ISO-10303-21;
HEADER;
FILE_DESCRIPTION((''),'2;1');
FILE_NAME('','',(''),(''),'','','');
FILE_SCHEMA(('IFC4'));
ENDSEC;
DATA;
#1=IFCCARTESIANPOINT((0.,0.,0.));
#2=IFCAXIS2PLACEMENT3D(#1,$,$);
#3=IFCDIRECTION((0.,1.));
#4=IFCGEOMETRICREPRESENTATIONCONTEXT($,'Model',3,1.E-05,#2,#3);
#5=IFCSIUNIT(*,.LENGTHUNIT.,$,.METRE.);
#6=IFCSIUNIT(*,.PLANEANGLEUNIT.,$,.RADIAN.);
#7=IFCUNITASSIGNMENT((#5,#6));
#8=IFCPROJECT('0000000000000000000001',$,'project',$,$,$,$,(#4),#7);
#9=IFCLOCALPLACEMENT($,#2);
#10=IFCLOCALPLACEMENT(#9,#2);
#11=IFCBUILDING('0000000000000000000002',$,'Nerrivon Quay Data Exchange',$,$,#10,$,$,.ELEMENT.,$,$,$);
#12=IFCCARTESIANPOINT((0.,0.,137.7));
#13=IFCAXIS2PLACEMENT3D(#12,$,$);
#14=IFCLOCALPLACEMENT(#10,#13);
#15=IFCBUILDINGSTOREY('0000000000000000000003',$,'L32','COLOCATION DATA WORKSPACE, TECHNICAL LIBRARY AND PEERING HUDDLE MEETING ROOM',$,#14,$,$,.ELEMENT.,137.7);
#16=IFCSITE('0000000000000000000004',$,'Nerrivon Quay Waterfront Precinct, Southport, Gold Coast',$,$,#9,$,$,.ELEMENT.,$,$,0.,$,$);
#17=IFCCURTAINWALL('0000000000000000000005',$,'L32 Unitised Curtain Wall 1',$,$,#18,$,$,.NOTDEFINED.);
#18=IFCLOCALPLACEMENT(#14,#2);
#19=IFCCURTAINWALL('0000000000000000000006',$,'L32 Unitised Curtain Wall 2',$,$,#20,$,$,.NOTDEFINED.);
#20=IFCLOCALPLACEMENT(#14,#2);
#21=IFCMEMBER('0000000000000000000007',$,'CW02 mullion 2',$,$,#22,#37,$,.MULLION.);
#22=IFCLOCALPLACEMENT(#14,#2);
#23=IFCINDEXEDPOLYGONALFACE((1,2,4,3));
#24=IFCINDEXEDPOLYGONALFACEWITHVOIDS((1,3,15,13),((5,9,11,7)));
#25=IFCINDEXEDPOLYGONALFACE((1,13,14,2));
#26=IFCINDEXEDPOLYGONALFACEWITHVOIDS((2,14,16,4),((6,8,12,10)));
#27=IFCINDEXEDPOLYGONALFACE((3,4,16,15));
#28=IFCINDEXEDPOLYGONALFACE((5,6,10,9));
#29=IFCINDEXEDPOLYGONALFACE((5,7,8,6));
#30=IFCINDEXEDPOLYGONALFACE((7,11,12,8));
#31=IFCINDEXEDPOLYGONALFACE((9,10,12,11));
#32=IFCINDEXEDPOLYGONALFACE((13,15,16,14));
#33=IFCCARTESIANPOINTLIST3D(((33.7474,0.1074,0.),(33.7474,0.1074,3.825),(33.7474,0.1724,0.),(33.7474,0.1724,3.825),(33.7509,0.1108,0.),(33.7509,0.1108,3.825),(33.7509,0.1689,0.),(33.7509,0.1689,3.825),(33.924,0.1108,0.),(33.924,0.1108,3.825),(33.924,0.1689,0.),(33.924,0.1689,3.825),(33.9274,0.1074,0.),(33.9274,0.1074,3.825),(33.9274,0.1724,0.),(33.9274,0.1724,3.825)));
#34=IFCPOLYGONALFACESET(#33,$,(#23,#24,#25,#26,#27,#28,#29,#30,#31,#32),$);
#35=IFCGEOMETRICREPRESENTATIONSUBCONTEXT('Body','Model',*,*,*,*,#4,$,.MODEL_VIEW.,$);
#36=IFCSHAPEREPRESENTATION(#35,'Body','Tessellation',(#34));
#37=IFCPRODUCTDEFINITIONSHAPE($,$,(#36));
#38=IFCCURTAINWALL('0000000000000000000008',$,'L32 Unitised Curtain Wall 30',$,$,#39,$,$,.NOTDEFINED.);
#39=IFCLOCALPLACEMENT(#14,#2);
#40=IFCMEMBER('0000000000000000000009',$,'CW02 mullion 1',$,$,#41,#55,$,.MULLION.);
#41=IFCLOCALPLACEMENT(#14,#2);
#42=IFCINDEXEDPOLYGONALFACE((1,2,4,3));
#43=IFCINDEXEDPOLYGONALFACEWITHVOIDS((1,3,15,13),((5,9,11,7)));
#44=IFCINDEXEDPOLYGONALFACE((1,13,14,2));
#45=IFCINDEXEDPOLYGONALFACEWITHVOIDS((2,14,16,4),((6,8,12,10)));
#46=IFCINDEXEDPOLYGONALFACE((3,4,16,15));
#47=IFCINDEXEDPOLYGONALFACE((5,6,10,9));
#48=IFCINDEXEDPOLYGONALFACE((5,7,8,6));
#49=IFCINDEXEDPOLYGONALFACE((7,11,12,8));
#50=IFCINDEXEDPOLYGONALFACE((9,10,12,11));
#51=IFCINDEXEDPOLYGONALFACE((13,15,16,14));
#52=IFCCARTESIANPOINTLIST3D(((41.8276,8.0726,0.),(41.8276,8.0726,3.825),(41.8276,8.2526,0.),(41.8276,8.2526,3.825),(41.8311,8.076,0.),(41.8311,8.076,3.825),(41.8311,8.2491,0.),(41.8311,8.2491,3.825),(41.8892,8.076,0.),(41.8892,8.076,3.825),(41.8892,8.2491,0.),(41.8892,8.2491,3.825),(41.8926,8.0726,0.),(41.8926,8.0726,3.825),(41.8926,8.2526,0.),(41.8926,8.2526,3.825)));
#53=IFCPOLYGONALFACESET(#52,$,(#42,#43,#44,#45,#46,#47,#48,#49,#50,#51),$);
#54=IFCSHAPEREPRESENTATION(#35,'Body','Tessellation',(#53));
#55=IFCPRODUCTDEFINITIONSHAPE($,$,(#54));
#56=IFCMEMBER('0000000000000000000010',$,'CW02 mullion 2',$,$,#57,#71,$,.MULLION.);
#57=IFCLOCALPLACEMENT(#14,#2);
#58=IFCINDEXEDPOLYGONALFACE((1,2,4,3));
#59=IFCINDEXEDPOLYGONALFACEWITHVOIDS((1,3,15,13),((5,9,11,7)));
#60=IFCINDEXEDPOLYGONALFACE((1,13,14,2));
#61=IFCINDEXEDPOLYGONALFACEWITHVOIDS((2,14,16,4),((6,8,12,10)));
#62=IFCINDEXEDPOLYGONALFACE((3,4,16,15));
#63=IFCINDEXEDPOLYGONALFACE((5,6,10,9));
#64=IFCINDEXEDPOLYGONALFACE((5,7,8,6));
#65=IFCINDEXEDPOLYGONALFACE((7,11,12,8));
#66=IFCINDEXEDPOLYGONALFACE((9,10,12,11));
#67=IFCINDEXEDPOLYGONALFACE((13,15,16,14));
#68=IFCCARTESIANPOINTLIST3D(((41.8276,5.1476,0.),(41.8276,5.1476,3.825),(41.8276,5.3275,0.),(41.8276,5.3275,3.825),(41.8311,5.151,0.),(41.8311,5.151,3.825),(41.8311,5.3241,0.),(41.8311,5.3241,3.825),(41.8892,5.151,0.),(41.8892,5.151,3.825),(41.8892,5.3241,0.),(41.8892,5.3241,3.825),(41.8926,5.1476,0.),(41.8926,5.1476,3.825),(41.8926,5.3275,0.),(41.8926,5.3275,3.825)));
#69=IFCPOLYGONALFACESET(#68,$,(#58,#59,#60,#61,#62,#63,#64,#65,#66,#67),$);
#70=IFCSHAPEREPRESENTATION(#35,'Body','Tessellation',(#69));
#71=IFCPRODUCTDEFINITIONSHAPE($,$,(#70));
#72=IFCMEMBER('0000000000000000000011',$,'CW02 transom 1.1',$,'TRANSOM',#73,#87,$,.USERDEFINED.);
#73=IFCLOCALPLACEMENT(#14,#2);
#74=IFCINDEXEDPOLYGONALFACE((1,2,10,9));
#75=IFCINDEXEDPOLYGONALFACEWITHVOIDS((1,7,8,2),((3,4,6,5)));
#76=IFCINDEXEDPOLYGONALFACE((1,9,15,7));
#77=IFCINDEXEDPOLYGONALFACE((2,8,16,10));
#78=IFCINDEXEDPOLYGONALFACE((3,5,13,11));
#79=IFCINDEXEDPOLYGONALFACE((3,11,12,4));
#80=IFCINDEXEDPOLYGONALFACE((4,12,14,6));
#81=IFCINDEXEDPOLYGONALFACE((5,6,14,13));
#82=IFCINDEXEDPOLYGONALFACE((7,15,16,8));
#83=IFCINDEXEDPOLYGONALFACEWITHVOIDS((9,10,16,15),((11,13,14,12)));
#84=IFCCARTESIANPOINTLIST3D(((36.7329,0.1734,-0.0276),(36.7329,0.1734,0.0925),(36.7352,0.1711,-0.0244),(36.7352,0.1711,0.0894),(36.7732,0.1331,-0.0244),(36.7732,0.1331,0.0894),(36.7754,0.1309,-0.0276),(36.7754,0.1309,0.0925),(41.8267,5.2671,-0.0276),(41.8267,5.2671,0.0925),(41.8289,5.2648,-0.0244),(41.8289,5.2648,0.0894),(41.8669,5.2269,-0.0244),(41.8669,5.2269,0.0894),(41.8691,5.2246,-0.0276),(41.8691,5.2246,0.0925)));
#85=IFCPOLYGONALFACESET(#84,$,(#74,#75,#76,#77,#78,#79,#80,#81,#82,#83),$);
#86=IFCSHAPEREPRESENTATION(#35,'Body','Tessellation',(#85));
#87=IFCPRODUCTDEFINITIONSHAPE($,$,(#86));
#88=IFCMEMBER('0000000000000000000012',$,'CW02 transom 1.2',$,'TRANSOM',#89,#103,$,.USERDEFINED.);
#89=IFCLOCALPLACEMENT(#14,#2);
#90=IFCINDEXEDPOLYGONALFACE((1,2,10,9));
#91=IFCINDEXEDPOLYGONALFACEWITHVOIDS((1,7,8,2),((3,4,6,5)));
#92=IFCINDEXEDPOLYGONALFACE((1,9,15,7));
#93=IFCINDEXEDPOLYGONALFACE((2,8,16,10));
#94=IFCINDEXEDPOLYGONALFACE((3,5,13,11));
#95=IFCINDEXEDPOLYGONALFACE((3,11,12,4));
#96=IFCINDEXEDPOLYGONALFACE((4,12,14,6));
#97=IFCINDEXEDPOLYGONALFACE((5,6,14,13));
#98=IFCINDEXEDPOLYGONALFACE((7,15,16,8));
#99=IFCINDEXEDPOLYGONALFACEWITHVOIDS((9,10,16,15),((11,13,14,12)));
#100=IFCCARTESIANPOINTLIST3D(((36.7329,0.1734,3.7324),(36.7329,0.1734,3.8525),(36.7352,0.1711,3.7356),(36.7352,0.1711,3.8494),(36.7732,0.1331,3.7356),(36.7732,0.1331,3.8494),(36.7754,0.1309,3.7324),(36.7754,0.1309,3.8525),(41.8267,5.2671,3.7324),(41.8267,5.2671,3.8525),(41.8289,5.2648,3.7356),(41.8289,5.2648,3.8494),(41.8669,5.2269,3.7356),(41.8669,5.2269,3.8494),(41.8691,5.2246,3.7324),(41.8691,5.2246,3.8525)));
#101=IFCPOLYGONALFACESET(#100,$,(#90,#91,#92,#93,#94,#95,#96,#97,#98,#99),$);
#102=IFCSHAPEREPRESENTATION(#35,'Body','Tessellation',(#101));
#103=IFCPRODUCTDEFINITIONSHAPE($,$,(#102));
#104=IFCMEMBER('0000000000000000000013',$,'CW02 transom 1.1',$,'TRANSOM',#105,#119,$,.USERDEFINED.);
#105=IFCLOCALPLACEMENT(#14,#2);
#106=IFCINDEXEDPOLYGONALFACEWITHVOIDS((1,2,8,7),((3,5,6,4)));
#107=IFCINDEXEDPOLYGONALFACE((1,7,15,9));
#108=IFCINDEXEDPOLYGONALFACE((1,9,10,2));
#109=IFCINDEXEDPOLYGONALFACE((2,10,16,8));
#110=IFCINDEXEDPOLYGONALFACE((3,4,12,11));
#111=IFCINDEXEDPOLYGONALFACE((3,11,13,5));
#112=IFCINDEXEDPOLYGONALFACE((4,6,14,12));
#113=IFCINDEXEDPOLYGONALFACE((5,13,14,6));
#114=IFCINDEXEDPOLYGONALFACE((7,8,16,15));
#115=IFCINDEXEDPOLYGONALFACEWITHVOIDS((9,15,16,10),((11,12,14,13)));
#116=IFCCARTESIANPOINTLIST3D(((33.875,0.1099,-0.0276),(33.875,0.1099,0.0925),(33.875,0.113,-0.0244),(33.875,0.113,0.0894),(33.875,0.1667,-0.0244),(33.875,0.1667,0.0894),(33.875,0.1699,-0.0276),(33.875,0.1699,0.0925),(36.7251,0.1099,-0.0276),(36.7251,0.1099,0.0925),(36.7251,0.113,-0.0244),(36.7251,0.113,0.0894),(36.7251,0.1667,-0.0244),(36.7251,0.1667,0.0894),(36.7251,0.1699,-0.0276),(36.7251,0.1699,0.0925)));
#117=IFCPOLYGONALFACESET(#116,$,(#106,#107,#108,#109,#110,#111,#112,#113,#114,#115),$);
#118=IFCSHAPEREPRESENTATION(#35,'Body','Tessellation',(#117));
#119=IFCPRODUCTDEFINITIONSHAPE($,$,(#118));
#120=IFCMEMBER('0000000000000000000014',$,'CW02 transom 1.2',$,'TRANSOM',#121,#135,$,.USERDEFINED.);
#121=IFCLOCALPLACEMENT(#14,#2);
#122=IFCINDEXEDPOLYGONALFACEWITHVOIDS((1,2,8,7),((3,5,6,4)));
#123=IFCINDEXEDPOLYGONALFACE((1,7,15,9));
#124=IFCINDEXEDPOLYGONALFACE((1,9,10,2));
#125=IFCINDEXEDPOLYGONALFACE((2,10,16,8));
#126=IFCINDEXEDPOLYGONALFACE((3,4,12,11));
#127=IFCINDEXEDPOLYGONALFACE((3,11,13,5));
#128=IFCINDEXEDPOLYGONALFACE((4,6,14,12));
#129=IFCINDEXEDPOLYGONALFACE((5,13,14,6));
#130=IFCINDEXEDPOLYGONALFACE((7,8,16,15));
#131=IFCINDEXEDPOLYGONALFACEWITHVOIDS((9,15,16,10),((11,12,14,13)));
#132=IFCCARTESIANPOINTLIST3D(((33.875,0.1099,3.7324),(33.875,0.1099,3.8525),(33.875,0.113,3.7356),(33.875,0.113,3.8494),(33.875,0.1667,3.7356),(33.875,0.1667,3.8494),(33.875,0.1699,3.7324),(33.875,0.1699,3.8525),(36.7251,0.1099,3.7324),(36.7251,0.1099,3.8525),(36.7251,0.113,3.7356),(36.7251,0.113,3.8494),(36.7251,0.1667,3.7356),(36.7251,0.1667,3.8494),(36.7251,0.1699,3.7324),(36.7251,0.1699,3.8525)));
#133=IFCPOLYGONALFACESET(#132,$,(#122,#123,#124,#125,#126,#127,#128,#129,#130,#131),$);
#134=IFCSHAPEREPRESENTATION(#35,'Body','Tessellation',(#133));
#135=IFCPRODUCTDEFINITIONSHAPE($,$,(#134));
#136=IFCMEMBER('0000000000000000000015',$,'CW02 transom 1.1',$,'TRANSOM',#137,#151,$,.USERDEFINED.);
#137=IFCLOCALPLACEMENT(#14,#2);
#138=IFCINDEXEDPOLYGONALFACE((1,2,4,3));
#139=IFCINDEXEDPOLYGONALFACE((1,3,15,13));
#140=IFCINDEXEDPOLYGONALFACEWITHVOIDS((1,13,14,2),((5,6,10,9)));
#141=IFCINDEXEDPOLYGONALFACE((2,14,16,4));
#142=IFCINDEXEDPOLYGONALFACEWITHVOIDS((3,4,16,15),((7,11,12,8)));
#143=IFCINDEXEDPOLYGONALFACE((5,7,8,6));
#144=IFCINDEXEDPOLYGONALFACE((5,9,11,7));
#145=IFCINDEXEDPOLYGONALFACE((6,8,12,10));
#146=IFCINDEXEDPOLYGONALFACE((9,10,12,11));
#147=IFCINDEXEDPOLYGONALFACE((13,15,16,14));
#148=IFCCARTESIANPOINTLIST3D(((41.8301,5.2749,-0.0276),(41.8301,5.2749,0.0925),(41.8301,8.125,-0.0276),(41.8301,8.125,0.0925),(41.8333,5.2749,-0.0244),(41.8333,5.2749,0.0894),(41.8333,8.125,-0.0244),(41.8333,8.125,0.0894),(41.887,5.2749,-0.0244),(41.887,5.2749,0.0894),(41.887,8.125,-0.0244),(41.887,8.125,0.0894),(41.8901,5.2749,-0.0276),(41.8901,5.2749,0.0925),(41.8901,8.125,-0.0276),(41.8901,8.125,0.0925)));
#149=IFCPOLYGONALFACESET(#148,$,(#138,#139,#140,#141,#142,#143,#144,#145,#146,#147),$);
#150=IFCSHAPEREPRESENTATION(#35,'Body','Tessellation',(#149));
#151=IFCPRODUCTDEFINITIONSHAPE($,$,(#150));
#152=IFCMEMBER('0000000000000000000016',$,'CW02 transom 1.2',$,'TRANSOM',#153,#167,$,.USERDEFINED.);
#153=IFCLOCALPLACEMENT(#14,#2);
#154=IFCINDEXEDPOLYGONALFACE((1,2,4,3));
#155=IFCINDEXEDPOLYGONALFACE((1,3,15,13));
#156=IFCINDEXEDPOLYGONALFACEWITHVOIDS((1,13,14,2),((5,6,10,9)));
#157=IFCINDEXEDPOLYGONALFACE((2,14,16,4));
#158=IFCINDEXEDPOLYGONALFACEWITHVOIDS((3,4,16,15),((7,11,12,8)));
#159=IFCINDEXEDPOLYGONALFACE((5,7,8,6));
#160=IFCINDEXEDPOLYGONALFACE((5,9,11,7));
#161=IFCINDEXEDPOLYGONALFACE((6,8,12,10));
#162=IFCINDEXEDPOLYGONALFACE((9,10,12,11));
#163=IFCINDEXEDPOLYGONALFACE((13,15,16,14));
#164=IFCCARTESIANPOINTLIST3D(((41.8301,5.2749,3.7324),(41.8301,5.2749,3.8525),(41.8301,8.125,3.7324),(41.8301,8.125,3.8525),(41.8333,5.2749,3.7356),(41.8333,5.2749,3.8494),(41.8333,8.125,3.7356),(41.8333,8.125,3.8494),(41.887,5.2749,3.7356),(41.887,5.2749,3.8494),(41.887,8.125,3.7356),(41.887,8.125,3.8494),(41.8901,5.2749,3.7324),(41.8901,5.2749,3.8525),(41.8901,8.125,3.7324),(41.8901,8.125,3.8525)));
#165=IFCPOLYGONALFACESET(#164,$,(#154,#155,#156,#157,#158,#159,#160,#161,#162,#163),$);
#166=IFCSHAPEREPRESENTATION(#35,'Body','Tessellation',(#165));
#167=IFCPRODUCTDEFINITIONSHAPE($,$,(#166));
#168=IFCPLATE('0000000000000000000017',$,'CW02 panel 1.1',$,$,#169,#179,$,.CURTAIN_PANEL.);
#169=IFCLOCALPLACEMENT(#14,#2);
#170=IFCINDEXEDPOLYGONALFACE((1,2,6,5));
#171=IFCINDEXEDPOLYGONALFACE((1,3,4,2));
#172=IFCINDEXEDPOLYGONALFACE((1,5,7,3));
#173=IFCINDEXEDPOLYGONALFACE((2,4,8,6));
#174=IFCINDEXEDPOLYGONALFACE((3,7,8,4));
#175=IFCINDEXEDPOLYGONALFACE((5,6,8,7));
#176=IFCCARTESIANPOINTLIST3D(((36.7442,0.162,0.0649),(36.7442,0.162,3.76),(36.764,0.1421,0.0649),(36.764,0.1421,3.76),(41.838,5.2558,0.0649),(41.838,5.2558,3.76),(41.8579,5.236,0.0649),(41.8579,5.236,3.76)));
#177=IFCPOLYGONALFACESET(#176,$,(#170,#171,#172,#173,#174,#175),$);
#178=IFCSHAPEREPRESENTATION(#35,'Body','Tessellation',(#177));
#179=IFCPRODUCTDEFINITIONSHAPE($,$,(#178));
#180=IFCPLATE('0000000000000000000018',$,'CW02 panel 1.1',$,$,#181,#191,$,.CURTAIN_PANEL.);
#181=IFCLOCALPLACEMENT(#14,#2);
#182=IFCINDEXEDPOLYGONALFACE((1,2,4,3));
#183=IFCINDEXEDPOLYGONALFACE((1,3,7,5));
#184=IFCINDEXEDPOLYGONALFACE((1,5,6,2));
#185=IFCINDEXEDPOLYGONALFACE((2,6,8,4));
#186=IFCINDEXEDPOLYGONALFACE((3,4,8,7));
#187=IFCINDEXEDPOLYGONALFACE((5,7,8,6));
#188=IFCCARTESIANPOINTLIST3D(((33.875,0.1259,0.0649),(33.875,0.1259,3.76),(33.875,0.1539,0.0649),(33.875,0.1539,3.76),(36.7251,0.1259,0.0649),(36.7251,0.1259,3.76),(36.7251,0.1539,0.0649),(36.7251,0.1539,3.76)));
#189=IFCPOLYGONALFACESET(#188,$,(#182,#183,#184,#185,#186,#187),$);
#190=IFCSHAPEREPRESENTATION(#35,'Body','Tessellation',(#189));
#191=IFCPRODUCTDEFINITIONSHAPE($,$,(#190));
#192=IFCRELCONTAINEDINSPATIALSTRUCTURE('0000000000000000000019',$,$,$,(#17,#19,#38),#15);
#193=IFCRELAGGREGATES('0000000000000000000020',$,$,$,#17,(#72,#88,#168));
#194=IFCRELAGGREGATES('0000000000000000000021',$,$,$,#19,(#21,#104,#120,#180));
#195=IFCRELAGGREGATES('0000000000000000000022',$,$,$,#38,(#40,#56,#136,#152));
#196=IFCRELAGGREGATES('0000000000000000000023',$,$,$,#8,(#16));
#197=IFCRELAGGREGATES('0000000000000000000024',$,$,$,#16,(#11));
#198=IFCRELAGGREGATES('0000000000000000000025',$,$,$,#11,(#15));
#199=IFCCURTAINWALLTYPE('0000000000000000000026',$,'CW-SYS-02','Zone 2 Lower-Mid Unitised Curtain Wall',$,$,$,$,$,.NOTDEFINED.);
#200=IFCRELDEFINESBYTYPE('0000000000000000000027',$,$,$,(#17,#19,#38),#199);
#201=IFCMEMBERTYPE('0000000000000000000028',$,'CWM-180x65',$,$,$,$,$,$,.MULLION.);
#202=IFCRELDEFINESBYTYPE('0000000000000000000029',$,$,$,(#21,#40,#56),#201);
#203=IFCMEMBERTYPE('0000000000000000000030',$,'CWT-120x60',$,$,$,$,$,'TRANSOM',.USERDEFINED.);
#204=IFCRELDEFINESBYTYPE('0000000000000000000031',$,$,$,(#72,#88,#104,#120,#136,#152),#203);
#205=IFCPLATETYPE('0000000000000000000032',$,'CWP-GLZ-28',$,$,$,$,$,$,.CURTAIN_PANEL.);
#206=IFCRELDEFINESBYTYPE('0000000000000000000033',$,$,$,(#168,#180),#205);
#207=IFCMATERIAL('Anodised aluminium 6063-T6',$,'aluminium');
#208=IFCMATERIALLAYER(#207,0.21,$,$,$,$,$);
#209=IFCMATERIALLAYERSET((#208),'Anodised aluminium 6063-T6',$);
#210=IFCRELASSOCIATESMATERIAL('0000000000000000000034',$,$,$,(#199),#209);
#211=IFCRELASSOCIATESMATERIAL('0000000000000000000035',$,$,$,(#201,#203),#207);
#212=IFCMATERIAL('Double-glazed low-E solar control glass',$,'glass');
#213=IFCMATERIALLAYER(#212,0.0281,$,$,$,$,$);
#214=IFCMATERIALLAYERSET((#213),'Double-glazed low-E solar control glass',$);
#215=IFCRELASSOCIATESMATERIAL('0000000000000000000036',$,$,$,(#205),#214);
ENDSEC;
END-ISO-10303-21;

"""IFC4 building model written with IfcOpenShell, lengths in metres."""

from ifc_helpers import new_model, si_unit, direction, frame, origin, origin_2d, place, context, subcontext, project, spatial, rectangle, hollow_rectangle, extrude, material, layer, layer_set, material_profile, profile_set, type_object, element, aggregate, save


model = new_model("IFC4")

# Units and contexts
model_context = context("Model", 3, precision=1e-05, world=origin(), true_north=direction((0.0, 1.0)))
body_context = subcontext(model_context, "Body", "Model", "MODEL_VIEW")
ifc_project = project(units=[si_unit("LENGTHUNIT", "METRE"), si_unit("PLANEANGLEUNIT", "RADIAN")], contexts=[model_context])

# Site, building, storey
site_placement = place(None, origin())
site = spatial("IfcSite", under=ifc_project, at=site_placement, Name="Nerrivon Quay Waterfront Precinct, Southport, Gold Coast", CompositionType="ELEMENT", RefElevation=0.0)
building_placement = place(site_placement, origin())
building = spatial("IfcBuilding", under=site, at=building_placement, Name="Nerrivon Quay Data Exchange", CompositionType="ELEMENT")
storey_placement = place(building_placement, frame((0.0, 0.0, 137.7)))
storey = spatial("IfcBuildingStorey", under=building, at=storey_placement, Name="L32", Description="COLOCATION DATA WORKSPACE, TECHNICAL LIBRARY AND PEERING HUDDLE MEETING ROOM", CompositionType="ELEMENT", Elevation=137.7)

# Curtain walls, members
ifc_material_1 = material(Name="Anodised aluminium 6063-T6", Category="aluminium")
ifc_layer_1 = layer(ifc_material_1, 0.21)
ifc_layer_set_1 = layer_set([ifc_layer_1], Name="Anodised aluminium 6063-T6")
curtain_wall_type = type_object("IfcCurtainWallType", Name="CW-SYS-02", Description="Zone 2 Lower-Mid Unitised Curtain Wall", PredefinedType="NOTDEFINED", material=ifc_layer_set_1)
curtain_wall_1_placement = place(storey_placement, origin())
curtain_wall_1 = element("IfcCurtainWall", 1, at=curtain_wall_1_placement, inside=storey, type_object=curtain_wall_type, Name="L32 Unitised Curtain Wall 1", PredefinedType="NOTDEFINED")
ifc_material_profile_1 = material_profile(ifc_material_1, hollow_rectangle(XDim=0.0649, YDim=0.1799, WallThickness=0.0034, at=origin_2d()), Name="ALU-MULL-180x65")
ifc_profile_set_1 = profile_set([ifc_material_profile_1], Name="Anodised aluminium 6063-T6")
member_type_1 = type_object("IfcMemberType", Name="CWM-180x65", PredefinedType="MULLION", material=ifc_profile_set_1)
curtain_wall_2_placement = place(storey_placement, origin())
curtain_wall_2 = element("IfcCurtainWall", 2, at=curtain_wall_2_placement, inside=storey, type_object=curtain_wall_type, Name="L32 Unitised Curtain Wall 2", PredefinedType="NOTDEFINED")
member_1_placement = place(storey_placement, frame((33.8374, 0.1399, 0.0), z_axis=(0.0, 0.0, 1.0), x_axis=(0.0, -1.0, 0.0)))
member_1 = element("IfcMember", 3, at=member_1_placement, type_object=member_type_1, Name="CW02 mullion 2", PredefinedType="MULLION", context=body_context, shape_type="SweptSolid", body=[
    extrude(hollow_rectangle(XDim=0.0649, YDim=0.1799, WallThickness=0.0034, at=origin_2d()), origin(), (0.0, 0.0, 1.0), 3.825),
])
curtain_wall_3_placement = place(storey_placement, origin())
curtain_wall_3 = element("IfcCurtainWall", 4, at=curtain_wall_3_placement, inside=storey, type_object=curtain_wall_type, Name="L32 Unitised Curtain Wall 30", PredefinedType="NOTDEFINED")
member_2_placement = place(storey_placement, frame((41.8601, 8.1626, 0.0), z_axis=(0.0, 0.0, 1.0), x_axis=(1.0, 0.0, 0.0)))
member_2 = element("IfcMember", 5, at=member_2_placement, type_object=member_type_1, Name="CW02 mullion 1", PredefinedType="MULLION", context=body_context, shape_type="SweptSolid", body=[
    extrude(hollow_rectangle(XDim=0.0649, YDim=0.1799, WallThickness=0.0034, at=origin_2d()), origin(), (0.0, 0.0, 1.0), 3.825),
])
member_3_placement = place(storey_placement, frame((41.8601, 5.2375, 0.0), z_axis=(0.0, 0.0, 1.0), x_axis=(1.0, 0.0, 0.0)))
member_3 = element("IfcMember", 6, at=member_3_placement, type_object=member_type_1, Name="CW02 mullion 2", PredefinedType="MULLION", context=body_context, shape_type="SweptSolid", body=[
    extrude(hollow_rectangle(XDim=0.0649, YDim=0.1799, WallThickness=0.0034, at=origin_2d()), origin(), (0.0, 0.0, 1.0), 3.825),
])

# Members
ifc_material_profile_2 = material_profile(ifc_material_1, hollow_rectangle(XDim=0.0601, YDim=0.1201, WallThickness=0.0032, at=origin_2d()), Name="ALU-TRAN-120x60")
ifc_profile_set_2 = profile_set([ifc_material_profile_2], Name="Anodised aluminium 6063-T6")
member_type_2 = type_object("IfcMemberType", Name="CWT-120x60", ElementType="TRANSOM", PredefinedType="USERDEFINED", material=ifc_profile_set_2)
member_4_placement = place(storey_placement, frame((41.8479, 5.2458, 0.0325), z_axis=(-0.707107, -0.707107, 0.0), x_axis=(0.707107, -0.707107, 0.0)))
member_4 = element("IfcMember", 7, at=member_4_placement, type_object=member_type_2, Name="CW02 transom 1.1", ObjectType="TRANSOM", PredefinedType="USERDEFINED", context=body_context, shape_type="SweptSolid", body=[
    extrude(hollow_rectangle(XDim=0.0601, YDim=0.1201, WallThickness=0.0032, at=origin_2d()), origin(), (0.0, 0.0, 1.0), 7.2036),
])
member_5_placement = place(storey_placement, frame((41.8479, 5.2458, 3.7925), z_axis=(-0.707107, -0.707107, 0.0), x_axis=(0.707107, -0.707107, 0.0)))
member_5 = element("IfcMember", 8, at=member_5_placement, type_object=member_type_2, Name="CW02 transom 1.2", ObjectType="TRANSOM", PredefinedType="USERDEFINED", context=body_context, shape_type="SweptSolid", body=[
    extrude(hollow_rectangle(XDim=0.0601, YDim=0.1201, WallThickness=0.0032, at=origin_2d()), origin(), (0.0, 0.0, 1.0), 7.2036),
])
member_6_placement = place(storey_placement, frame((36.7251, 0.1399, 0.0325), z_axis=(-1.0, 0.0, 0.0), x_axis=(0.0, -1.0, 0.0)))
member_6 = element("IfcMember", 9, at=member_6_placement, type_object=member_type_2, Name="CW02 transom 1.1", ObjectType="TRANSOM", PredefinedType="USERDEFINED", context=body_context, shape_type="SweptSolid", body=[
    extrude(hollow_rectangle(XDim=0.0601, YDim=0.1201, WallThickness=0.0032, at=origin_2d()), origin(), (0.0, 0.0, 1.0), 2.8501),
])
member_7_placement = place(storey_placement, frame((36.7251, 0.1399, 3.7925), z_axis=(-1.0, 0.0, 0.0), x_axis=(0.0, -1.0, 0.0)))
member_7 = element("IfcMember", 10, at=member_7_placement, type_object=member_type_2, Name="CW02 transom 1.2", ObjectType="TRANSOM", PredefinedType="USERDEFINED", context=body_context, shape_type="SweptSolid", body=[
    extrude(hollow_rectangle(XDim=0.0601, YDim=0.1201, WallThickness=0.0032, at=origin_2d()), origin(), (0.0, 0.0, 1.0), 2.8501),
])
member_8_placement = place(storey_placement, frame((41.8601, 8.125, 0.0325), z_axis=(0.0, -1.0, 0.0), x_axis=(1.0, 0.0, 0.0)))
member_8 = element("IfcMember", 11, at=member_8_placement, type_object=member_type_2, Name="CW02 transom 1.1", ObjectType="TRANSOM", PredefinedType="USERDEFINED", context=body_context, shape_type="SweptSolid", body=[
    extrude(hollow_rectangle(XDim=0.0601, YDim=0.1201, WallThickness=0.0032, at=origin_2d()), origin(), (0.0, 0.0, 1.0), 2.8501),
])
member_9_placement = place(storey_placement, frame((41.8601, 8.125, 3.7925), z_axis=(0.0, -1.0, 0.0), x_axis=(1.0, 0.0, 0.0)))
member_9 = element("IfcMember", 12, at=member_9_placement, type_object=member_type_2, Name="CW02 transom 1.2", ObjectType="TRANSOM", PredefinedType="USERDEFINED", context=body_context, shape_type="SweptSolid", body=[
    extrude(hollow_rectangle(XDim=0.0601, YDim=0.1201, WallThickness=0.0032, at=origin_2d()), origin(), (0.0, 0.0, 1.0), 2.8501),
])

# Plates
ifc_material_2 = material(Name="Double-glazed low-E solar control glass", Category="glass")
ifc_layer_2 = layer(ifc_material_2, 0.0281)
ifc_layer_set_2 = layer_set([ifc_layer_2], Name="Double-glazed low-E solar control glass")
plate_type = type_object("IfcPlateType", Name="CWP-GLZ-28", PredefinedType="CURTAIN_PANEL", material=ifc_layer_set_2)
plate_1_placement = place(storey_placement, frame((39.301, 2.699, 0.0649), z_axis=(0.0, 0.0, 1.0), x_axis=(-0.707107, -0.707107, 0.0)))
plate_1 = element("IfcPlate", 13, at=plate_1_placement, type_object=plate_type, Name="CW02 panel 1.1", PredefinedType="CURTAIN_PANEL", context=body_context, shape_type="SweptSolid", body=[
    extrude(rectangle(XDim=7.2039, YDim=0.0281, at=origin_2d()), origin(), (0.0, 0.0, 1.0), 3.6951),
])
aggregate(curtain_wall_1, [member_4, member_5, plate_1])
plate_2_placement = place(storey_placement, frame((35.3, 0.1399, 0.0649), z_axis=(0.0, 0.0, 1.0), x_axis=(-1.0, 0.0, 0.0)))
plate_2 = element("IfcPlate", 14, at=plate_2_placement, type_object=plate_type, Name="CW02 panel 1.1", PredefinedType="CURTAIN_PANEL", context=body_context, shape_type="SweptSolid", body=[
    extrude(rectangle(XDim=2.8501, YDim=0.0281, at=origin_2d()), origin(), (0.0, 0.0, 1.0), 3.6951),
])
aggregate(curtain_wall_2, [member_1, member_6, member_7, plate_2])
aggregate(curtain_wall_3, [member_2, member_3, member_8, member_9])

save(model, "model.ifc")
